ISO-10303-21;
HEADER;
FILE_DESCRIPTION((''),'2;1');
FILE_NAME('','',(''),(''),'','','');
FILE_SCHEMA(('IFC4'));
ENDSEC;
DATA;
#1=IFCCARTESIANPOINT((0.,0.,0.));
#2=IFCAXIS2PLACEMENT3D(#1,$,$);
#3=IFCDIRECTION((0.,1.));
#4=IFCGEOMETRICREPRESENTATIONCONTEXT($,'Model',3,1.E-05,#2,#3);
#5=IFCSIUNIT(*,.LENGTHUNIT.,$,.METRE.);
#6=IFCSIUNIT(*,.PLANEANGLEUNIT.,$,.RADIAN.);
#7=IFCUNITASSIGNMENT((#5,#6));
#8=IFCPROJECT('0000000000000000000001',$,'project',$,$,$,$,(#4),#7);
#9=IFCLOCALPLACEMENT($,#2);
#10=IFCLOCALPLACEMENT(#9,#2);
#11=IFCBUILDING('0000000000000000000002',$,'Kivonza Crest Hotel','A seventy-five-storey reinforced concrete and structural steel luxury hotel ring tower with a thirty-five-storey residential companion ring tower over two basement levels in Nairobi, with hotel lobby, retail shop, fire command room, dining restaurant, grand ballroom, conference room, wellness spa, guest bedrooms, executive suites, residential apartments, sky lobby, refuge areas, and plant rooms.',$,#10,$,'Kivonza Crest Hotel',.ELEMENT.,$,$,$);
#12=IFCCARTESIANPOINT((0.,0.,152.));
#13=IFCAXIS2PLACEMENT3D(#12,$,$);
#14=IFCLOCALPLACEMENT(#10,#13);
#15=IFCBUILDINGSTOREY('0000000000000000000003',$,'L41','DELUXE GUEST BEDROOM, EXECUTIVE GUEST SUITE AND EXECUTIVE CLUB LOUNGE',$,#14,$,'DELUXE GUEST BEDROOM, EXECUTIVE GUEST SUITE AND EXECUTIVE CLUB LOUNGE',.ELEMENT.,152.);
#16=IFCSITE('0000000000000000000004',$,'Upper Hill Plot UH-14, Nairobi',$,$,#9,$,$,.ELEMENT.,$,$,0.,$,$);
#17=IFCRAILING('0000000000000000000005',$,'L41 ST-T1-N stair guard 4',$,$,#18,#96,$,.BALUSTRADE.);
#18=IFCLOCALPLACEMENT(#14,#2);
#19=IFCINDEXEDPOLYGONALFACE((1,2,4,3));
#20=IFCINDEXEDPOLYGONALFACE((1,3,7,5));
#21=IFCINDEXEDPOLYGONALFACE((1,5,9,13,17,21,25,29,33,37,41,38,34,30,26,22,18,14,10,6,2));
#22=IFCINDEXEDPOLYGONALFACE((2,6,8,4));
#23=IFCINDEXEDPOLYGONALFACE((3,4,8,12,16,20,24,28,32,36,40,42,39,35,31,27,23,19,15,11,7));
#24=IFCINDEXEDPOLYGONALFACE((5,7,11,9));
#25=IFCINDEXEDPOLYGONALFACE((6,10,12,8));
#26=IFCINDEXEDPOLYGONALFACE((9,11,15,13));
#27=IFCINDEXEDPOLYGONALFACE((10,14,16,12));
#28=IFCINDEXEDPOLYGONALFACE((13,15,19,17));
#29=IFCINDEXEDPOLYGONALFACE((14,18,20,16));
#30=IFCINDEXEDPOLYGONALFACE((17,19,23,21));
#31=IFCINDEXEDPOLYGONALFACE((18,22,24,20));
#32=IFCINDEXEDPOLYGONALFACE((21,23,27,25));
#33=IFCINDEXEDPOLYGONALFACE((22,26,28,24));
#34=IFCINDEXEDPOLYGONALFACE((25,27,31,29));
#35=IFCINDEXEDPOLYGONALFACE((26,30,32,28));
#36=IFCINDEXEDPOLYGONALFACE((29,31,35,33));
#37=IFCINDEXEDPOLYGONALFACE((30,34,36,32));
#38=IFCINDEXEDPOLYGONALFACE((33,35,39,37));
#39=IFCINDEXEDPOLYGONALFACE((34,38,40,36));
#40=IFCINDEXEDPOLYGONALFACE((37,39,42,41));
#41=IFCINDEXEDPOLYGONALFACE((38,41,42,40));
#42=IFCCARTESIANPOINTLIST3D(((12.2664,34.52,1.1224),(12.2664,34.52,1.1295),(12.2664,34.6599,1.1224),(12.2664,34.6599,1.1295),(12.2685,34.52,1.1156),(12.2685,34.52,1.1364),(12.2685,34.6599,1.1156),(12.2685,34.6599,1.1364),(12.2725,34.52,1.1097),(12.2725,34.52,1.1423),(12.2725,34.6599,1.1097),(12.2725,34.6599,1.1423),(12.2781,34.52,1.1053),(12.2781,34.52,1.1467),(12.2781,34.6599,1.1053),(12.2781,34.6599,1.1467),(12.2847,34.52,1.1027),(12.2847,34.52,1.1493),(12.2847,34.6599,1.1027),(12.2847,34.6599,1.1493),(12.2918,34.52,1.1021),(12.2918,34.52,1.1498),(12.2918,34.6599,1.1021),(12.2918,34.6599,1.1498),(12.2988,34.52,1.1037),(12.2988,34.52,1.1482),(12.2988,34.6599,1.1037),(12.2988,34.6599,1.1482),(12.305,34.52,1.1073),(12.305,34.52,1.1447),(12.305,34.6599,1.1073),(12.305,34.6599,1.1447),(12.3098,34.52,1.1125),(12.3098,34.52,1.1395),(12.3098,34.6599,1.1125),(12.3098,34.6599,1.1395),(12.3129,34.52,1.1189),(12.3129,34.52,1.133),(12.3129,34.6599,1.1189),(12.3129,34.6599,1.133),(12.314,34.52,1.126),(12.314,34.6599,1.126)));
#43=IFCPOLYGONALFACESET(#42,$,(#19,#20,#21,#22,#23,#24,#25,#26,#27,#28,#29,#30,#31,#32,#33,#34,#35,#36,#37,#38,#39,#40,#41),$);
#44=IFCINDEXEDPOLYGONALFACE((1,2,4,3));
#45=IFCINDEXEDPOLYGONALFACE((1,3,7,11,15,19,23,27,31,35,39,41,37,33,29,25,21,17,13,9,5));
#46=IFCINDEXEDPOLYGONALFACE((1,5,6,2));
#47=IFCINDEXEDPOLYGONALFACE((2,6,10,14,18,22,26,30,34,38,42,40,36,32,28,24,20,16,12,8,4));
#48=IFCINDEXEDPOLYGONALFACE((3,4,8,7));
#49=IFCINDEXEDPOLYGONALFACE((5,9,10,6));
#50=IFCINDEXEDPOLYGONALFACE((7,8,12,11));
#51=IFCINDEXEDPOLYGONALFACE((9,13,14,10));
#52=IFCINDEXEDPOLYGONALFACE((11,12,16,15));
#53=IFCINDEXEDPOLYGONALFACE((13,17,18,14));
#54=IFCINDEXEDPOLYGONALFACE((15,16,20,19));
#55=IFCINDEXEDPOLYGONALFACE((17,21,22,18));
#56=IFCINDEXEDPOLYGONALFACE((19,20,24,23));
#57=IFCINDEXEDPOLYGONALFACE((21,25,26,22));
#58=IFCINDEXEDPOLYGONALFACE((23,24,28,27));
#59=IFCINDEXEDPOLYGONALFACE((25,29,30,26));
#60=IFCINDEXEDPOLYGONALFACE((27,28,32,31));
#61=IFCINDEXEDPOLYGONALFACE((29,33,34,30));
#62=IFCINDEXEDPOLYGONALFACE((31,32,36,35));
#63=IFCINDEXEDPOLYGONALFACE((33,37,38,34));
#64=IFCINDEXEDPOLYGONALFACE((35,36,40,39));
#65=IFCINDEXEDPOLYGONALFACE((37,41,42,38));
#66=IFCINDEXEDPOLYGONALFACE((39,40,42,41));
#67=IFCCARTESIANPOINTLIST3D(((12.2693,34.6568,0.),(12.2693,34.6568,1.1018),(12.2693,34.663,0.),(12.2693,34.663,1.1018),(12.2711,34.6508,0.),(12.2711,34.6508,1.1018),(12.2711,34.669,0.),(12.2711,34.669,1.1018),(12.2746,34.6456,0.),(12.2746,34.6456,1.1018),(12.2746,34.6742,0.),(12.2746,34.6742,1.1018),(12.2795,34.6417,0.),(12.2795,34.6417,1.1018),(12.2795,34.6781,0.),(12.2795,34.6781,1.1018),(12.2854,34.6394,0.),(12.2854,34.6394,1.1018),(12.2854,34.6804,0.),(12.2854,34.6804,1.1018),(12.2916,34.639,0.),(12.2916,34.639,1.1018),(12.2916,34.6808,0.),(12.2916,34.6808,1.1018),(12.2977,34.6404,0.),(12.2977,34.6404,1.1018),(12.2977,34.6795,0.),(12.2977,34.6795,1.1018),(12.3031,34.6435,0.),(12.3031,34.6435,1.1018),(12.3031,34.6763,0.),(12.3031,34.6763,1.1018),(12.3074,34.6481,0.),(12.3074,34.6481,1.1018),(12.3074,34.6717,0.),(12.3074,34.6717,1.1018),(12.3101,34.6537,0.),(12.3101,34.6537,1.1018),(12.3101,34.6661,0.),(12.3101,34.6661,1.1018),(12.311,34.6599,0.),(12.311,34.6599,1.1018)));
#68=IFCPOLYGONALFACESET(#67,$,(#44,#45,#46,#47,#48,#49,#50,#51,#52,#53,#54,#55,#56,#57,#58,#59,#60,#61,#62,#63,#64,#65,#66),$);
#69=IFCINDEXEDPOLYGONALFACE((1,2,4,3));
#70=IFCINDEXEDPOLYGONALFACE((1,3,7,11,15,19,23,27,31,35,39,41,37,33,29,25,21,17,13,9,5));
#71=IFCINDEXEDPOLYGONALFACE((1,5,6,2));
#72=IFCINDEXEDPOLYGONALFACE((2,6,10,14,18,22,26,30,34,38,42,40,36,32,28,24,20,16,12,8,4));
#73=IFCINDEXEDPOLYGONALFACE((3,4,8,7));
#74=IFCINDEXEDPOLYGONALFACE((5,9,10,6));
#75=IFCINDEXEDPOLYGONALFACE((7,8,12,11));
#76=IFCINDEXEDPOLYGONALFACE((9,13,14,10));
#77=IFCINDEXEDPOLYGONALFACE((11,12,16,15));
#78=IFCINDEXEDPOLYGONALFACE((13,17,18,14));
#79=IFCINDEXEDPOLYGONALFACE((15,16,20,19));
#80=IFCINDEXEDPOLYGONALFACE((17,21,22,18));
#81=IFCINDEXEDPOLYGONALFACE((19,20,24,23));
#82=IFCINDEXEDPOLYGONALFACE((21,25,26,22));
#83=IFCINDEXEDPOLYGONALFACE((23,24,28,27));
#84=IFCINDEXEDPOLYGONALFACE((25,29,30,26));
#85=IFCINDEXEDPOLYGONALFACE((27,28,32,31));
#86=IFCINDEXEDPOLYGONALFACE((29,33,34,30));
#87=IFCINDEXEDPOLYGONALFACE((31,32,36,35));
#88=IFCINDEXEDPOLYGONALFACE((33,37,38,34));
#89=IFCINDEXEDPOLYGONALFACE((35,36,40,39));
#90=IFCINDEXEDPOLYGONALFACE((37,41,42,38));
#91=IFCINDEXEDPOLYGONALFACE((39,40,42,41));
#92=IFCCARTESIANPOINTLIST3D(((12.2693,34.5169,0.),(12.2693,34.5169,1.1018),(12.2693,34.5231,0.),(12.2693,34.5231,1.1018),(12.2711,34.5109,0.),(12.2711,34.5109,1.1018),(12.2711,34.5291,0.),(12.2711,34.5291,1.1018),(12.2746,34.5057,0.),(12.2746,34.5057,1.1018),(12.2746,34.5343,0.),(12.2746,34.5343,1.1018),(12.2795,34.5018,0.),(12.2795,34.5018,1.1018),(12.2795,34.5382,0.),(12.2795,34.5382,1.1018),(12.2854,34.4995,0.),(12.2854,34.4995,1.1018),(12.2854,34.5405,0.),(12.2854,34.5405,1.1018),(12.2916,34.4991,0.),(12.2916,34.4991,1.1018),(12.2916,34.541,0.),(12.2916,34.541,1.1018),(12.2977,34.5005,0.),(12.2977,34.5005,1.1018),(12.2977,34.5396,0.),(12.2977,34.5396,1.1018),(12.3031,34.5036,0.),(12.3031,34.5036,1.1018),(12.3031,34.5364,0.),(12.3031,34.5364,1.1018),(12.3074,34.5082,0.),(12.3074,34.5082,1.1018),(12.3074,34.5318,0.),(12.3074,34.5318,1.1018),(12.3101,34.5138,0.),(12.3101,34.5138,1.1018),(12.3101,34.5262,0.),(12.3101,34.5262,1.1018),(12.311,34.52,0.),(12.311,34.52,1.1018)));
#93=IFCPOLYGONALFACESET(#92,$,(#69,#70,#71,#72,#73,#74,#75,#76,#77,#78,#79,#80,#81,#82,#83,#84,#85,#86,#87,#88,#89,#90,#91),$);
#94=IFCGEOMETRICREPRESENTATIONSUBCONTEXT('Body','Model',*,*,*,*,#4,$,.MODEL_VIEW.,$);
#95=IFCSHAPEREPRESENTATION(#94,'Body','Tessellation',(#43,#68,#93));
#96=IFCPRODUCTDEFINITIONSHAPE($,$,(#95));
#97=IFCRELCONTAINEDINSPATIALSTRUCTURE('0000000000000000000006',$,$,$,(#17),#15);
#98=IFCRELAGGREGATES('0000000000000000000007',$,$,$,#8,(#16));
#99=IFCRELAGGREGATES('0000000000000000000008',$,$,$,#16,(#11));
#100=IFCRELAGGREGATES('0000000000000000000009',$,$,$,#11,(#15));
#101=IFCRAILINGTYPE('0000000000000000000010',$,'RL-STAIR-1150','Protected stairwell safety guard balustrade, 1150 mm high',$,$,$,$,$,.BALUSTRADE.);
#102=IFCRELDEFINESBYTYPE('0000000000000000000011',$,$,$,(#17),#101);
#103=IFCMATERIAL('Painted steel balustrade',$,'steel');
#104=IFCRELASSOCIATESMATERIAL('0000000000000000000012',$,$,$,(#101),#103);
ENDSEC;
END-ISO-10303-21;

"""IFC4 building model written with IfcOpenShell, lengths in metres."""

from ifc_helpers import new_model, si_unit, direction, frame, origin, origin_2d, place, context, subcontext, project, spatial, circle, extrude, material, type_object, element, save


model = new_model("IFC4")

# Units and contexts
model_context = context("Model", 3, precision=1e-05, world=origin(), true_north=direction((0.0, 1.0)))
body_context = subcontext(model_context, "Body", "Model", "MODEL_VIEW")
ifc_project = project(units=[si_unit("LENGTHUNIT", "METRE"), si_unit("PLANEANGLEUNIT", "RADIAN")], contexts=[model_context])

# Site, building, storey
site_placement = place(None, origin())
site = spatial("IfcSite", under=ifc_project, at=site_placement, Name="Upper Hill Plot UH-14, Nairobi", CompositionType="ELEMENT", RefElevation=0.0)
building_placement = place(site_placement, origin())
building = spatial("IfcBuilding", under=site, at=building_placement, Name="Kivonza Crest Hotel", Description="A seventy-five-storey reinforced concrete and structural steel luxury hotel ring tower with a thirty-five-storey residential companion ring tower over two basement levels in Nairobi, with hotel lobby, retail shop, fire command room, dining restaurant, grand ballroom, conference room, wellness spa, guest bedrooms, executive suites, residential apartments, sky lobby, refuge areas, and plant rooms.", LongName="Kivonza Crest Hotel", CompositionType="ELEMENT")
storey_placement = place(building_placement, frame((0.0, 0.0, 152.0)))
storey = spatial("IfcBuildingStorey", under=building, at=storey_placement, Name="L41", Description="DELUXE GUEST BEDROOM, EXECUTIVE GUEST SUITE AND EXECUTIVE CLUB LOUNGE", LongName="DELUXE GUEST BEDROOM, EXECUTIVE GUEST SUITE AND EXECUTIVE CLUB LOUNGE", CompositionType="ELEMENT", Elevation=152.0)

# Railing
ifc_material_1 = material(Name="Painted steel balustrade", Category="steel")
railing_type_1 = type_object("IfcRailingType", Name="RL-STAIR-1150", Description="Protected stairwell safety guard balustrade, 1150 mm high", PredefinedType="BALUSTRADE", material=ifc_material_1)
railing_1_placement = place(storey_placement, frame((12.29, 34.6599, 0.0)))
element("IfcRailing", 1, at=railing_1_placement, inside=storey, type_object=railing_type_1, Name="L41 ST-T1-N stair guard 4", PredefinedType="BALUSTRADE", context=body_context, shape_type="SweptSolid", body=[
    extrude(circle(Radius=0.0239, at=origin_2d()), frame((0.0, 0.0, 1.126), z_axis=(0.0, -1.0, 0.0), x_axis=(1.0, 0.0, 0.0)), (0.0, 0.0, 1.0), 0.1399),
    extrude(circle(Radius=0.021, at=origin_2d()), origin(), (0.0, 0.0, 1.0), 1.1018),
    extrude(circle(Radius=0.021, at=origin_2d()), frame((0.0, -0.1399, 0.0)), (0.0, 0.0, 1.0), 1.1018),
])

save(model, "model.ifc")
